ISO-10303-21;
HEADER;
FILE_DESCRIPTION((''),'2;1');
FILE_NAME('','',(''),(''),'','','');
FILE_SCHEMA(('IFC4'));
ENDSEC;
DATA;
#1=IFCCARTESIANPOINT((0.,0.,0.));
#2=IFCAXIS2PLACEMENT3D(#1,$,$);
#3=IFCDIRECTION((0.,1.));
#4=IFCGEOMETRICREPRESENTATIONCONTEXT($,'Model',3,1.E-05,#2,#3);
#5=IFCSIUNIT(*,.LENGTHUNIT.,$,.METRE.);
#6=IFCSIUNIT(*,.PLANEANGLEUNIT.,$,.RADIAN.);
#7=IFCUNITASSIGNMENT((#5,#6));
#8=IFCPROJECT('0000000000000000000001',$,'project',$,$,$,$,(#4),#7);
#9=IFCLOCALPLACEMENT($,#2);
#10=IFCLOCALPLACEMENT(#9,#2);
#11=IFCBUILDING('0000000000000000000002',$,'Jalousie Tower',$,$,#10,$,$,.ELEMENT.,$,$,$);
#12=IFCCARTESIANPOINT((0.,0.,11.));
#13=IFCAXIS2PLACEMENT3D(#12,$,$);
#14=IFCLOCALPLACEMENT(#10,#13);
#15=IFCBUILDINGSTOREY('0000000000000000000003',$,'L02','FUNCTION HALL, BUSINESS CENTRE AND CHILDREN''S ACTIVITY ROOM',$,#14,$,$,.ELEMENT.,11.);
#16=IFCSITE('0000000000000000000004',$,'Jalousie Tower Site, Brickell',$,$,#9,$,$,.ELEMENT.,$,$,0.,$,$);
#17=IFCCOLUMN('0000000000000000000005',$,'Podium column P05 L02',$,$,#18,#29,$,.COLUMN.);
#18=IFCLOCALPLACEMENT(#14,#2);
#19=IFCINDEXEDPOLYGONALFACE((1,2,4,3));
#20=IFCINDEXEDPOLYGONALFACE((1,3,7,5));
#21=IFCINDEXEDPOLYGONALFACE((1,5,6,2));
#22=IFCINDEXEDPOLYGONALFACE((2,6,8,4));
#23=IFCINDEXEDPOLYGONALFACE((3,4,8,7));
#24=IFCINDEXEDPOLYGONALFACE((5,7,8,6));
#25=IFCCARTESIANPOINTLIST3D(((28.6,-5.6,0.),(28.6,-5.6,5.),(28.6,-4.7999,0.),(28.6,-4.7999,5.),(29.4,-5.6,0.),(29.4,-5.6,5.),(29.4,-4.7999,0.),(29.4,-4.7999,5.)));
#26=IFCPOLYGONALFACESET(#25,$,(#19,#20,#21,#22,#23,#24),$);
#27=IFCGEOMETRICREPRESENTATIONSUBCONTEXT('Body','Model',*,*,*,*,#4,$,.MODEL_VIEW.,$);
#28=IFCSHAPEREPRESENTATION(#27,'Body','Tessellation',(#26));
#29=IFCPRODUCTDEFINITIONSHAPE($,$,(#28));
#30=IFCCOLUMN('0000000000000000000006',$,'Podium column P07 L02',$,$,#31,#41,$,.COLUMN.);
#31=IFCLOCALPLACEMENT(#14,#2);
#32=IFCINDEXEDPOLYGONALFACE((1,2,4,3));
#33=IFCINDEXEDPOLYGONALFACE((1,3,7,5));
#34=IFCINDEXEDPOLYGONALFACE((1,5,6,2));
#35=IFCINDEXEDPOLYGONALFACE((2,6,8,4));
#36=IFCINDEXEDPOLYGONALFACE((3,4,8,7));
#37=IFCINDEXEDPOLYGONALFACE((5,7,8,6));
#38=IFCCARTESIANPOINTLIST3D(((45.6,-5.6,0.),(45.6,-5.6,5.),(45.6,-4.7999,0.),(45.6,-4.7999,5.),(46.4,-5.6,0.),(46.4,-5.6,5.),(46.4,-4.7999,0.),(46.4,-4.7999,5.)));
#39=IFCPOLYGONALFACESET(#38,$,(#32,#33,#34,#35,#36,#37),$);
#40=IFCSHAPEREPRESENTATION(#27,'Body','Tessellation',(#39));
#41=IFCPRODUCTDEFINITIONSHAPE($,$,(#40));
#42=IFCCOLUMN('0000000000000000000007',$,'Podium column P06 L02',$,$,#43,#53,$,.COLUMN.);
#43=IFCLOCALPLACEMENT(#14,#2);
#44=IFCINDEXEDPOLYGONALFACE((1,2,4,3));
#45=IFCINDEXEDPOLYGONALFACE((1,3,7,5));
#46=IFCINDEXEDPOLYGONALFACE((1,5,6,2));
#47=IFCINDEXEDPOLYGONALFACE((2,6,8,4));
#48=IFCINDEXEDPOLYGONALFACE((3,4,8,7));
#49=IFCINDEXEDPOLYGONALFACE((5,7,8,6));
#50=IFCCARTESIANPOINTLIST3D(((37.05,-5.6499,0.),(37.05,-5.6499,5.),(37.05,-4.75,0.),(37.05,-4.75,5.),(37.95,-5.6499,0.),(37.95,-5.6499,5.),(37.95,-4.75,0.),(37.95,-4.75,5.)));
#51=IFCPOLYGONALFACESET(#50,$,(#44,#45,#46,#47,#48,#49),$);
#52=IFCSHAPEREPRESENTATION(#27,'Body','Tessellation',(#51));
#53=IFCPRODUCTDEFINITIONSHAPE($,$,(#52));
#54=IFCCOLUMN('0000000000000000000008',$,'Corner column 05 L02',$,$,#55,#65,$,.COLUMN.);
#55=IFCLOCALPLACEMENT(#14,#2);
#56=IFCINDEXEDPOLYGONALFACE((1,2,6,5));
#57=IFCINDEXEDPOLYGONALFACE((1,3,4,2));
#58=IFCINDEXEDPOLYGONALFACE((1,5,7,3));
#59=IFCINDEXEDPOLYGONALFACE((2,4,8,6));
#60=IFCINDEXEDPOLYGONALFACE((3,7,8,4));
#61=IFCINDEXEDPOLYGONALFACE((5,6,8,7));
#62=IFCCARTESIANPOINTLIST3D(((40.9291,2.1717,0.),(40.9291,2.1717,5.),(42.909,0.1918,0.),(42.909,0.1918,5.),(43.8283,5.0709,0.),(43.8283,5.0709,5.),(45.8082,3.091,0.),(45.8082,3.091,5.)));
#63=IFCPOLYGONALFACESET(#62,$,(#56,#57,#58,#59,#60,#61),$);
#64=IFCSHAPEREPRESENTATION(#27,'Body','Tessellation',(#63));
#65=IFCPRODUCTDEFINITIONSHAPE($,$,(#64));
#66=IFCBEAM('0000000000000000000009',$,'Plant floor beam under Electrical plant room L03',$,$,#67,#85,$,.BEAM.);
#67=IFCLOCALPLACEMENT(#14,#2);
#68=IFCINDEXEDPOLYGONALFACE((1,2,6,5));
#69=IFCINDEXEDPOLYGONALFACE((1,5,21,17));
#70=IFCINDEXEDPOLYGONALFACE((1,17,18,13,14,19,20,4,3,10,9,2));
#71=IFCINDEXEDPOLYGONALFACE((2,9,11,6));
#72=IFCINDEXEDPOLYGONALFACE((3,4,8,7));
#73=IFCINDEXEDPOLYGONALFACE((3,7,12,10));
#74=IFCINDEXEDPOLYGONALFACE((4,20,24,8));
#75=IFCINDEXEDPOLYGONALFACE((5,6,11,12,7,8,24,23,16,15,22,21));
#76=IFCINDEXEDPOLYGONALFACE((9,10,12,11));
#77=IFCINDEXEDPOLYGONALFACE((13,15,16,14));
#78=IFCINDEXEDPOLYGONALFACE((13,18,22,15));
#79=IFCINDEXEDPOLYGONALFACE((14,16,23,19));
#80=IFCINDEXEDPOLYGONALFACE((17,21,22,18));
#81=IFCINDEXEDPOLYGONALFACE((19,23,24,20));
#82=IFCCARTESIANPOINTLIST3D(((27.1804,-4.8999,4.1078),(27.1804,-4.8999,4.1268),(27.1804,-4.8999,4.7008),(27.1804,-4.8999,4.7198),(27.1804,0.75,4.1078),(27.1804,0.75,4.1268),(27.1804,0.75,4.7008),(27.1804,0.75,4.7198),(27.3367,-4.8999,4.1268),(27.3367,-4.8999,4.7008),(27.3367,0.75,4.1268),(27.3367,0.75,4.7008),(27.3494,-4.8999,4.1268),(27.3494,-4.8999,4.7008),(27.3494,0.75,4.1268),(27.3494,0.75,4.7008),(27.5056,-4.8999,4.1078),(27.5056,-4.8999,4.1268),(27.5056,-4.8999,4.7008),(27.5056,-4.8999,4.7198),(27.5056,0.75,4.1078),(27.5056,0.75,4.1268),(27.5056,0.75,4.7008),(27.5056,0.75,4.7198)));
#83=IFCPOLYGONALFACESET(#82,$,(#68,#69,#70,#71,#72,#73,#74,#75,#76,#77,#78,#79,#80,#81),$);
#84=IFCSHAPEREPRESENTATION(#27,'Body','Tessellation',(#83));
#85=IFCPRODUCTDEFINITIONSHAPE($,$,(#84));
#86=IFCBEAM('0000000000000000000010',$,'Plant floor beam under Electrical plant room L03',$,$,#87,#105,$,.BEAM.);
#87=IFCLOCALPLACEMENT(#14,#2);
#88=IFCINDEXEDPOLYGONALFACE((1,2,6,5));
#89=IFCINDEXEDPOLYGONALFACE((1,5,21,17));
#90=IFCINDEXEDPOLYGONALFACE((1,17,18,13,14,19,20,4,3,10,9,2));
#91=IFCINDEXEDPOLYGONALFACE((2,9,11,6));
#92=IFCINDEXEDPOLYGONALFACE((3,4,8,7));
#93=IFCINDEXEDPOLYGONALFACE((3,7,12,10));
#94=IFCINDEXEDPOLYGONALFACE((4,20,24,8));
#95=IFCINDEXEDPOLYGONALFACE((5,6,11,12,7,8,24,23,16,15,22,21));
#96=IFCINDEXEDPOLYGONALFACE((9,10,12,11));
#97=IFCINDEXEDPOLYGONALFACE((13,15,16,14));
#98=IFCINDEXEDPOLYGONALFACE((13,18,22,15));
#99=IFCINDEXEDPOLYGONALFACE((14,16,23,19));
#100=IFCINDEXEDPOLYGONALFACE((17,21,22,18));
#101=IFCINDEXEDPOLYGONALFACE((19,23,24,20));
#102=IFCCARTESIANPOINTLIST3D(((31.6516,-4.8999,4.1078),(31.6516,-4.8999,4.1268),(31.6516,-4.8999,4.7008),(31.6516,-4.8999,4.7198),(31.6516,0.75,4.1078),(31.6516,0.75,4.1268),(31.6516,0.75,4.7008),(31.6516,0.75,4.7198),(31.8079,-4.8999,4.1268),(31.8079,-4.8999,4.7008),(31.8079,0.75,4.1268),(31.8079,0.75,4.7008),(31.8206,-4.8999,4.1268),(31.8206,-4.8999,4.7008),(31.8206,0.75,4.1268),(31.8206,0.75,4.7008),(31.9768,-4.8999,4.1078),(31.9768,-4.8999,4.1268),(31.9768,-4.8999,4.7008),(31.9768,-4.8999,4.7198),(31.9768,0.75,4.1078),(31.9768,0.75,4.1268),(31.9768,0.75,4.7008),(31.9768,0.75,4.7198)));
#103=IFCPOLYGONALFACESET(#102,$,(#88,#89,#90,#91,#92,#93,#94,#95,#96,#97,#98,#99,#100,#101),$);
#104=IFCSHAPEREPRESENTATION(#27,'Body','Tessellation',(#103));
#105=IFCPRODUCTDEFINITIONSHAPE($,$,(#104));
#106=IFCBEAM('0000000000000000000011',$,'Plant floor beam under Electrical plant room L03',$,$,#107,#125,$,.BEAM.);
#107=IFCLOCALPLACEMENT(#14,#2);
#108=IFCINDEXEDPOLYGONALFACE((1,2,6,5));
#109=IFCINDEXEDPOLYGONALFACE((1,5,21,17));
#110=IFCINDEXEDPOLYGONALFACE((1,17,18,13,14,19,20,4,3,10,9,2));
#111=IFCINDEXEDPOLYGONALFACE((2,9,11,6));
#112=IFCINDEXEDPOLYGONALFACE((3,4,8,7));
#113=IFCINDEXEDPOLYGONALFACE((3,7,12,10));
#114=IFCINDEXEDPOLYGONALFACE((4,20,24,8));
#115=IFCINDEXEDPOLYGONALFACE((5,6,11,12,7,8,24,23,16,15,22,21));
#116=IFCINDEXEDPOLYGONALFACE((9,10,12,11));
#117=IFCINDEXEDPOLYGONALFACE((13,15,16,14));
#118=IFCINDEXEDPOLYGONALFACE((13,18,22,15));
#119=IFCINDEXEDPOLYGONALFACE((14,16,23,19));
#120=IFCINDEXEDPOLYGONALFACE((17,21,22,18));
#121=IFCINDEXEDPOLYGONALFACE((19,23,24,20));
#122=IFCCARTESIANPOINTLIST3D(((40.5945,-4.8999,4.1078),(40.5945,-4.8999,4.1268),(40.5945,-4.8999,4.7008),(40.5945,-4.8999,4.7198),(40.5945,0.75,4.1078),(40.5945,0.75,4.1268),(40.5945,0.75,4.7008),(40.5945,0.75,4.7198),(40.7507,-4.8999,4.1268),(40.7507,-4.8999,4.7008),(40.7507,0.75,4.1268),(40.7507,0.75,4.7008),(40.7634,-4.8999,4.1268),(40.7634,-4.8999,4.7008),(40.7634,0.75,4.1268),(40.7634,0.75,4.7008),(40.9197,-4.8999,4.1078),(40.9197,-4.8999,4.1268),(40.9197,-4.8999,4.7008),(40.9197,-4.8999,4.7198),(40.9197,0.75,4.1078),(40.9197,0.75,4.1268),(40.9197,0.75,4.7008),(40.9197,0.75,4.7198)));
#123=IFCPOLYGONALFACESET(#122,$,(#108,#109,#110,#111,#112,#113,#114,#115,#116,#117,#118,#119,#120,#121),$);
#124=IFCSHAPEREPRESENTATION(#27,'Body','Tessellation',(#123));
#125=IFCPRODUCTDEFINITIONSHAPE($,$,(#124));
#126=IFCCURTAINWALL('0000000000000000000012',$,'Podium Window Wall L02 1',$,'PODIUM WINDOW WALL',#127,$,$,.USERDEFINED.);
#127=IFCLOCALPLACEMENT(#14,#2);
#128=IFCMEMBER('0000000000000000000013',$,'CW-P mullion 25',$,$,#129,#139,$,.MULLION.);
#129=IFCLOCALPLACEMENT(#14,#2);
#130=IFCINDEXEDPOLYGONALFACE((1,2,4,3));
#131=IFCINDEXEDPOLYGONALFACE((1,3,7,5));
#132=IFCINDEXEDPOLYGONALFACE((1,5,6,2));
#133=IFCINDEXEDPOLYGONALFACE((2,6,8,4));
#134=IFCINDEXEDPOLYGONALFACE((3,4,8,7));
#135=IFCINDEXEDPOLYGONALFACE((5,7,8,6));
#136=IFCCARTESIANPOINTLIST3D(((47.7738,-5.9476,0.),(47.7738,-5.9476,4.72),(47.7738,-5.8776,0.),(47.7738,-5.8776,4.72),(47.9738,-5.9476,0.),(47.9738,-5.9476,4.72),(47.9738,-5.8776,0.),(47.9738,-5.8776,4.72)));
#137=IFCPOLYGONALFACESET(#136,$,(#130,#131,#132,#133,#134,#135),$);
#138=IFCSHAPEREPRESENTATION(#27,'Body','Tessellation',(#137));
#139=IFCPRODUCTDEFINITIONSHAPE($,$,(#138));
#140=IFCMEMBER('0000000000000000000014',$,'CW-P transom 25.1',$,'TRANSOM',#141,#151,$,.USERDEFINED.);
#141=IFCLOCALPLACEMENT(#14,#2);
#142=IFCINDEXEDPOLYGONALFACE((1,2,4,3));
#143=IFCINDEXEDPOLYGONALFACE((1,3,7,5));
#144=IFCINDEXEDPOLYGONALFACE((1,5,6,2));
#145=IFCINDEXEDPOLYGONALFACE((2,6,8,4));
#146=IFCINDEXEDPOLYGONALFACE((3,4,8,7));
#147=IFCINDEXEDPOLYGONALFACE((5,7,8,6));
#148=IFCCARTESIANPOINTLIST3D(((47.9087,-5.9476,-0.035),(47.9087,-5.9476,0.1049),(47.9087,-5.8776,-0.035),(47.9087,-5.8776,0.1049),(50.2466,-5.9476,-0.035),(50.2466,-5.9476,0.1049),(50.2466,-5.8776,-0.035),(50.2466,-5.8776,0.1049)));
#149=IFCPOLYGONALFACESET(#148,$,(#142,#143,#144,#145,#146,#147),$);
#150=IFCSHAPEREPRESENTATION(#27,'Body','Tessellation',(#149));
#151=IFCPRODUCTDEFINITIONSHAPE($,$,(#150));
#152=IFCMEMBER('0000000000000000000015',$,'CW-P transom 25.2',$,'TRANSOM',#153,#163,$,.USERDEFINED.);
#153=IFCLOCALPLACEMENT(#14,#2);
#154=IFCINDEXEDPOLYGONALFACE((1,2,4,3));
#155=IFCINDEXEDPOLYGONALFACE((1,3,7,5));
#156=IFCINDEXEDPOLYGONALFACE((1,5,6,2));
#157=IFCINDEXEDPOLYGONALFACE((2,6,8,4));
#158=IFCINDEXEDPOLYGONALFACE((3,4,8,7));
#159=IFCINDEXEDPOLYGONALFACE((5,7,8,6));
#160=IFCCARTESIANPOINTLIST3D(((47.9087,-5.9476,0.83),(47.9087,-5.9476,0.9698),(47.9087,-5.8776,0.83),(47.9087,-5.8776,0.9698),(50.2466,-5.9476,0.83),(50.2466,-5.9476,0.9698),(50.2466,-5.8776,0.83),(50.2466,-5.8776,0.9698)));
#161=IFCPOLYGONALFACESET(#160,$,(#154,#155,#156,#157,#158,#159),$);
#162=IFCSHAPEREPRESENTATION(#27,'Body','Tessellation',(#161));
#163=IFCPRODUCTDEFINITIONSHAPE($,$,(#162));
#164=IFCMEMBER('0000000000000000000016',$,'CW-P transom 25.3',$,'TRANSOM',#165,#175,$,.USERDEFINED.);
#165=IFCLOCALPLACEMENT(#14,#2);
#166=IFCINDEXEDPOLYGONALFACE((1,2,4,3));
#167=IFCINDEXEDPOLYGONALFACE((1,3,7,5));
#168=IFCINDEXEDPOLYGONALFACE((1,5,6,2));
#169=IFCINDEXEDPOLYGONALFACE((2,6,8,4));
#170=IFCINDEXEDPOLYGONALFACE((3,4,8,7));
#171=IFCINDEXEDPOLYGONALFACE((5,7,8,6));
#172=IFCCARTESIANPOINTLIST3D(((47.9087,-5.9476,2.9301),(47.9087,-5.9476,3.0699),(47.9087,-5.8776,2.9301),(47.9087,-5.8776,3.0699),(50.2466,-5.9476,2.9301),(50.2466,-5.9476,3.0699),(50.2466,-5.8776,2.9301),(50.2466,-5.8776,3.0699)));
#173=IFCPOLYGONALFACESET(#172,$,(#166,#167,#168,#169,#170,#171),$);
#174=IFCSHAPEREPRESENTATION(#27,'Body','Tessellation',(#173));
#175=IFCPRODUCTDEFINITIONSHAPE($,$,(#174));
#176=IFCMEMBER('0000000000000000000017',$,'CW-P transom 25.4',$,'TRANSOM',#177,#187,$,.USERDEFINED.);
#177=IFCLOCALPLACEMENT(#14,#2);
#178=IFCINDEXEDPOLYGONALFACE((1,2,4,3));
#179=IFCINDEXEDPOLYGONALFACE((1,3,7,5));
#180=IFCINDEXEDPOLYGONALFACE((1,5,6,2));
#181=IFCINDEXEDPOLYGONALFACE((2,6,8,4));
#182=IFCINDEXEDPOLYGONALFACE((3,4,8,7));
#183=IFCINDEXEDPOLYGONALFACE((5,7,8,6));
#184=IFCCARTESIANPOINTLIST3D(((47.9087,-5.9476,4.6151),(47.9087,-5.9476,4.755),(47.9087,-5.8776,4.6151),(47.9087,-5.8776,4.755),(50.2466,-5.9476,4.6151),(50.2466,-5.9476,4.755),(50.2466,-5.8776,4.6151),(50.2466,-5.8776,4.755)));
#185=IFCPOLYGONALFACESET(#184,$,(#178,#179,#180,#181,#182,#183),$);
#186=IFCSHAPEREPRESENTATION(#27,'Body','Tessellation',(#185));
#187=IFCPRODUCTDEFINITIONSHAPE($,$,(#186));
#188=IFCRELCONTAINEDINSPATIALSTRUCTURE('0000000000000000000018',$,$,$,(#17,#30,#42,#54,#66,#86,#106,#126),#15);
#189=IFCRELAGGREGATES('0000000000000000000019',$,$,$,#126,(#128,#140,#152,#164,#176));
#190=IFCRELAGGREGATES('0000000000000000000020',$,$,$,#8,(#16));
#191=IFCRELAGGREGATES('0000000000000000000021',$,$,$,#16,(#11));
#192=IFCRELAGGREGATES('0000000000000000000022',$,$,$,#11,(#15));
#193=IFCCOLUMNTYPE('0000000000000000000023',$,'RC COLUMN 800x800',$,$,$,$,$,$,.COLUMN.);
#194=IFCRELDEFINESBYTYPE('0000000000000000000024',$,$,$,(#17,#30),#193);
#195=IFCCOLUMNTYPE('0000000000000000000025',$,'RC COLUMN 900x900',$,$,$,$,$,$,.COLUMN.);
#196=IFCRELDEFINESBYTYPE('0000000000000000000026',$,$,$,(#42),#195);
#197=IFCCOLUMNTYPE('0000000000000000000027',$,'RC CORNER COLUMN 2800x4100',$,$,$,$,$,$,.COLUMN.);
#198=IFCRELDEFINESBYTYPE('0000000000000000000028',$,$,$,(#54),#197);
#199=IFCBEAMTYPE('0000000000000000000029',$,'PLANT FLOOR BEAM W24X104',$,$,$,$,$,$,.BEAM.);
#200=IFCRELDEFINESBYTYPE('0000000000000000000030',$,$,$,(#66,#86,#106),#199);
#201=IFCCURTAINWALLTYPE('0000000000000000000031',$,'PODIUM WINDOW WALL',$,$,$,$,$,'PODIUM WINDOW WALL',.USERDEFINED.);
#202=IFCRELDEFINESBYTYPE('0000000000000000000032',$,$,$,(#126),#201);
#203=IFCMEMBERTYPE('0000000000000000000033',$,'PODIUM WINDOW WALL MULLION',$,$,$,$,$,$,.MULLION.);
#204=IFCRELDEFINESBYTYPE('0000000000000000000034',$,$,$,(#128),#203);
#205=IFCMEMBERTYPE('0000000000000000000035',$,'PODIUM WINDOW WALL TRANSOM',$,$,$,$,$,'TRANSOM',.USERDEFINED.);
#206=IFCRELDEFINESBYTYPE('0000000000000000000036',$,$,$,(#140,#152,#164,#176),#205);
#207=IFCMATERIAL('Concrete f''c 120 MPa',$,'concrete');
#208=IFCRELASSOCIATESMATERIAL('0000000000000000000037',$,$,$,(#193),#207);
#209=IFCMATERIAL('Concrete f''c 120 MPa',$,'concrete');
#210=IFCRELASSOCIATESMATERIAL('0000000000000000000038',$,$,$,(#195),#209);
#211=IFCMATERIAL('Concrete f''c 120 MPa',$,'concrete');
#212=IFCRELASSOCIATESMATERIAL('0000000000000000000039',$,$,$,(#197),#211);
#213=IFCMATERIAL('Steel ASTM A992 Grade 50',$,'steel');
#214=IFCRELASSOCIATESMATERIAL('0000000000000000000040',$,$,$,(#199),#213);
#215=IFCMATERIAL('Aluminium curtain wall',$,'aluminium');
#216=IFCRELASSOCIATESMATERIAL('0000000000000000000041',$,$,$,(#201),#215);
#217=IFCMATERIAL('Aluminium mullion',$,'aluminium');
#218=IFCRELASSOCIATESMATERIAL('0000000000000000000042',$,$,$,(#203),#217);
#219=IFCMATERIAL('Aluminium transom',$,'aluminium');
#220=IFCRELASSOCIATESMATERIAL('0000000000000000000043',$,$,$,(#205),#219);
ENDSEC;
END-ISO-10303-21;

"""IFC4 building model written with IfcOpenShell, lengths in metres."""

from ifc_helpers import new_model, si_unit, direction, frame, origin, origin_2d, place, context, subcontext, project, spatial, rectangle, i_section, extrude, material, material_profile, profile_set, type_object, element, aggregate, save


model = new_model("IFC4")

# Units and contexts
model_context = context("Model", 3, precision=1e-05, world=origin(), true_north=direction((0.0, 1.0)))
body_context = subcontext(model_context, "Body", "Model", "MODEL_VIEW")
ifc_project = project(units=[si_unit("LENGTHUNIT", "METRE"), si_unit("PLANEANGLEUNIT", "RADIAN")], contexts=[model_context])

# Site, building, storey
site_placement = place(None, origin())
site = spatial("IfcSite", under=ifc_project, at=site_placement, Name="Jalousie Tower Site, Brickell", CompositionType="ELEMENT", RefElevation=0.0)
building_placement = place(site_placement, origin())
building = spatial("IfcBuilding", under=site, at=building_placement, Name="Jalousie Tower", CompositionType="ELEMENT")
storey_placement = place(building_placement, frame((0.0, 0.0, 11.0)))
storey = spatial("IfcBuildingStorey", under=building, at=storey_placement, Name="L02", Description="FUNCTION HALL, BUSINESS CENTRE AND CHILDREN'S ACTIVITY ROOM", CompositionType="ELEMENT", Elevation=11.0)

# Columns
ifc_material_1 = material(Name="Concrete f'c 120 MPa", Category="concrete")
ifc_material_profile_1 = material_profile(ifc_material_1, rectangle(XDim=0.8, YDim=0.8, at=origin_2d()), Name="RC 800x800")
ifc_profile_set_1 = profile_set([ifc_material_profile_1], Name="Concrete f'c 120 MPa")
column_type_1 = type_object("IfcColumnType", Name="RC COLUMN 800x800", PredefinedType="COLUMN", material=ifc_profile_set_1)
for number, where, z_axis, x_axis, name in (
    (1, (29.0, -5.2, 0.0), (0.0, 0.0, 1.0), (1.0, 0.0, 0.0), "Podium column P05 L02"),
    (2, (46.0, -5.2, 0.0), (0.0, 0.0, 1.0), (1.0, 0.0, 0.0), "Podium column P07 L02"),
):
    element("IfcColumn", number, at=place(storey_placement, frame(where, z_axis=z_axis, x_axis=x_axis)), inside=storey, type_object=column_type_1, Name=name, PredefinedType="COLUMN", context=body_context, shape_type="SweptSolid", body=[
        extrude(rectangle(XDim=0.8, YDim=0.8, at=origin_2d()), origin(), (0.0, 0.0, 1.0), 5.0),
    ])
ifc_material_2 = material(Name="Concrete f'c 120 MPa", Category="concrete")
ifc_material_profile_2 = material_profile(ifc_material_2, rectangle(XDim=0.8999, YDim=0.8999, at=origin_2d()), Name="RC 900x900")
ifc_profile_set_2 = profile_set([ifc_material_profile_2], Name="Concrete f'c 120 MPa")
column_type_2 = type_object("IfcColumnType", Name="RC COLUMN 900x900", PredefinedType="COLUMN", material=ifc_profile_set_2)
column_1_placement = place(storey_placement, frame((37.5, -5.2, 0.0), z_axis=(0.0, 0.0, 1.0), x_axis=(1.0, 0.0, 0.0)))
element("IfcColumn", 3, at=column_1_placement, inside=storey, type_object=column_type_2, Name="Podium column P06 L02", PredefinedType="COLUMN", context=body_context, shape_type="SweptSolid", body=[
    extrude(rectangle(XDim=0.8999, YDim=0.8999, at=origin_2d()), origin(), (0.0, 0.0, 1.0), 5.0),
])
ifc_material_3 = material(Name="Concrete f'c 120 MPa", Category="concrete")
ifc_material_profile_3 = material_profile(ifc_material_3, rectangle(XDim=2.8, YDim=4.1001, at=origin_2d()), Name="RC 2800x4100")
ifc_profile_set_3 = profile_set([ifc_material_profile_3], Name="Concrete f'c 120 MPa")
column_type_3 = type_object("IfcColumnType", Name="RC CORNER COLUMN 2800x4100", PredefinedType="COLUMN", material=ifc_profile_set_3)
column_2_placement = place(storey_placement, frame((43.3687, 2.6313, 0.0), z_axis=(0.0, 0.0, 1.0), x_axis=(-0.707107, 0.707107, 0.0)))
element("IfcColumn", 4, at=column_2_placement, inside=storey, type_object=column_type_3, Name="Corner column 05 L02", PredefinedType="COLUMN", context=body_context, shape_type="SweptSolid", body=[
    extrude(rectangle(XDim=2.8, YDim=4.1001, at=origin_2d()), origin(), (0.0, 0.0, 1.0), 5.0),
])

# Beams
ifc_material_4 = material(Name="Steel ASTM A992 Grade 50", Category="steel")
ifc_material_profile_4 = material_profile(ifc_material_4, i_section(OverallWidth=0.3252, OverallDepth=0.6121, WebThickness=0.0127, FlangeThickness=0.019, at=origin_2d()), Name="W24X104")
ifc_profile_set_4 = profile_set([ifc_material_profile_4], Name="Steel ASTM A992 Grade 50")
beam_type_1 = type_object("IfcBeamType", Name="PLANT FLOOR BEAM W24X104", PredefinedType="BEAM", material=ifc_profile_set_4)
for number, where, z_axis, x_axis, name in (
    (5, (27.343, -4.8999, 4.4138), (0.0, 1.0, 0.0), (-1.0, 0.0, 0.0), "Plant floor beam under Electrical plant room L03"),
    (6, (31.8142, -4.8999, 4.4138), (0.0, 1.0, 0.0), (-1.0, 0.0, 0.0), "Plant floor beam under Electrical plant room L03"),
    (7, (40.7571, -4.8999, 4.4138), (0.0, 1.0, 0.0), (-1.0, 0.0, 0.0), "Plant floor beam under Electrical plant room L03"),
):
    element("IfcBeam", number, at=place(storey_placement, frame(where, z_axis=z_axis, x_axis=x_axis)), inside=storey, type_object=beam_type_1, Name=name, PredefinedType="BEAM", context=body_context, shape_type="SweptSolid", body=[
        extrude(i_section(OverallWidth=0.3252, OverallDepth=0.6121, WebThickness=0.0127, FlangeThickness=0.019, at=origin_2d()), origin(), (0.0, 0.0, 1.0), 5.6499),
    ])

# Curtain wall, members
ifc_material_5 = material(Name="Aluminium curtain wall", Category="aluminium")
curtain_wall_type = type_object("IfcCurtainWallType", Name="PODIUM WINDOW WALL", ElementType="PODIUM WINDOW WALL", PredefinedType="USERDEFINED", material=ifc_material_5)
curtain_wall_placement = place(storey_placement, origin())
curtain_wall = element("IfcCurtainWall", 8, at=curtain_wall_placement, inside=storey, type_object=curtain_wall_type, Name="Podium Window Wall L02 1", ObjectType="PODIUM WINDOW WALL", PredefinedType="USERDEFINED")
ifc_material_6 = material(Name="Aluminium mullion", Category="aluminium")
ifc_material_profile_5 = material_profile(ifc_material_6, rectangle(XDim=0.0701, YDim=0.2, at=origin_2d()), Name="MULLION 70x200")
ifc_profile_set_5 = profile_set([ifc_material_profile_5], Name="Aluminium mullion")
member_type_1 = type_object("IfcMemberType", Name="PODIUM WINDOW WALL MULLION", PredefinedType="MULLION", material=ifc_profile_set_5)
member_1_placement = place(storey_placement, frame((47.8738, -5.9126, 0.0), z_axis=(0.0, 0.0, 1.0), x_axis=(0.0, 1.0, 0.0)))
member_1 = element("IfcMember", 9, at=member_1_placement, type_object=member_type_1, Name="CW-P mullion 25", PredefinedType="MULLION", context=body_context, shape_type="SweptSolid", body=[
    extrude(rectangle(XDim=0.0701, YDim=0.2, at=origin_2d()), origin(), (0.0, 0.0, 1.0), 4.72),
])
ifc_material_7 = material(Name="Aluminium transom", Category="aluminium")
ifc_material_profile_6 = material_profile(ifc_material_7, rectangle(XDim=0.0701, YDim=0.1399, at=origin_2d()), Name="TRANSOM 70x140")
ifc_profile_set_6 = profile_set([ifc_material_profile_6], Name="Aluminium transom")
member_type_2 = type_object("IfcMemberType", Name="PODIUM WINDOW WALL TRANSOM", ElementType="TRANSOM", PredefinedType="USERDEFINED", material=ifc_profile_set_6)
member_2_placement = place(storey_placement, frame((47.9087, -5.9126, 0.0349), z_axis=(1.0, 0.0, 0.0), x_axis=(0.0, 1.0, 0.0)))
member_2 = element("IfcMember", 10, at=member_2_placement, type_object=member_type_2, Name="CW-P transom 25.1", ObjectType="TRANSOM", PredefinedType="USERDEFINED", context=body_context, shape_type="SweptSolid", body=[
    extrude(rectangle(XDim=0.0701, YDim=0.1399, at=origin_2d()), origin(), (0.0, 0.0, 1.0), 2.3379),
])
member_3_placement = place(storey_placement, frame((47.9087, -5.9126, 0.8999), z_axis=(1.0, 0.0, 0.0), x_axis=(0.0, 1.0, 0.0)))
member_3 = element("IfcMember", 11, at=member_3_placement, type_object=member_type_2, Name="CW-P transom 25.2", ObjectType="TRANSOM", PredefinedType="USERDEFINED", context=body_context, shape_type="SweptSolid", body=[
    extrude(rectangle(XDim=0.0701, YDim=0.1399, at=origin_2d()), origin(), (0.0, 0.0, 1.0), 2.3379),
])
member_4_placement = place(storey_placement, frame((47.9087, -5.9126, 3.0), z_axis=(1.0, 0.0, 0.0), x_axis=(0.0, 1.0, 0.0)))
member_4 = element("IfcMember", 12, at=member_4_placement, type_object=member_type_2, Name="CW-P transom 25.3", ObjectType="TRANSOM", PredefinedType="USERDEFINED", context=body_context, shape_type="SweptSolid", body=[
    extrude(rectangle(XDim=0.0701, YDim=0.1399, at=origin_2d()), origin(), (0.0, 0.0, 1.0), 2.3379),
])
member_5_placement = place(storey_placement, frame((47.9087, -5.9126, 4.6851), z_axis=(1.0, 0.0, 0.0), x_axis=(0.0, 1.0, 0.0)))
member_5 = element("IfcMember", 13, at=member_5_placement, type_object=member_type_2, Name="CW-P transom 25.4", ObjectType="TRANSOM", PredefinedType="USERDEFINED", context=body_context, shape_type="SweptSolid", body=[
    extrude(rectangle(XDim=0.0701, YDim=0.1399, at=origin_2d()), origin(), (0.0, 0.0, 1.0), 2.3379),
])

aggregate(curtain_wall, [member_1, member_2, member_3, member_4, member_5])

save(model, "model.ifc")
